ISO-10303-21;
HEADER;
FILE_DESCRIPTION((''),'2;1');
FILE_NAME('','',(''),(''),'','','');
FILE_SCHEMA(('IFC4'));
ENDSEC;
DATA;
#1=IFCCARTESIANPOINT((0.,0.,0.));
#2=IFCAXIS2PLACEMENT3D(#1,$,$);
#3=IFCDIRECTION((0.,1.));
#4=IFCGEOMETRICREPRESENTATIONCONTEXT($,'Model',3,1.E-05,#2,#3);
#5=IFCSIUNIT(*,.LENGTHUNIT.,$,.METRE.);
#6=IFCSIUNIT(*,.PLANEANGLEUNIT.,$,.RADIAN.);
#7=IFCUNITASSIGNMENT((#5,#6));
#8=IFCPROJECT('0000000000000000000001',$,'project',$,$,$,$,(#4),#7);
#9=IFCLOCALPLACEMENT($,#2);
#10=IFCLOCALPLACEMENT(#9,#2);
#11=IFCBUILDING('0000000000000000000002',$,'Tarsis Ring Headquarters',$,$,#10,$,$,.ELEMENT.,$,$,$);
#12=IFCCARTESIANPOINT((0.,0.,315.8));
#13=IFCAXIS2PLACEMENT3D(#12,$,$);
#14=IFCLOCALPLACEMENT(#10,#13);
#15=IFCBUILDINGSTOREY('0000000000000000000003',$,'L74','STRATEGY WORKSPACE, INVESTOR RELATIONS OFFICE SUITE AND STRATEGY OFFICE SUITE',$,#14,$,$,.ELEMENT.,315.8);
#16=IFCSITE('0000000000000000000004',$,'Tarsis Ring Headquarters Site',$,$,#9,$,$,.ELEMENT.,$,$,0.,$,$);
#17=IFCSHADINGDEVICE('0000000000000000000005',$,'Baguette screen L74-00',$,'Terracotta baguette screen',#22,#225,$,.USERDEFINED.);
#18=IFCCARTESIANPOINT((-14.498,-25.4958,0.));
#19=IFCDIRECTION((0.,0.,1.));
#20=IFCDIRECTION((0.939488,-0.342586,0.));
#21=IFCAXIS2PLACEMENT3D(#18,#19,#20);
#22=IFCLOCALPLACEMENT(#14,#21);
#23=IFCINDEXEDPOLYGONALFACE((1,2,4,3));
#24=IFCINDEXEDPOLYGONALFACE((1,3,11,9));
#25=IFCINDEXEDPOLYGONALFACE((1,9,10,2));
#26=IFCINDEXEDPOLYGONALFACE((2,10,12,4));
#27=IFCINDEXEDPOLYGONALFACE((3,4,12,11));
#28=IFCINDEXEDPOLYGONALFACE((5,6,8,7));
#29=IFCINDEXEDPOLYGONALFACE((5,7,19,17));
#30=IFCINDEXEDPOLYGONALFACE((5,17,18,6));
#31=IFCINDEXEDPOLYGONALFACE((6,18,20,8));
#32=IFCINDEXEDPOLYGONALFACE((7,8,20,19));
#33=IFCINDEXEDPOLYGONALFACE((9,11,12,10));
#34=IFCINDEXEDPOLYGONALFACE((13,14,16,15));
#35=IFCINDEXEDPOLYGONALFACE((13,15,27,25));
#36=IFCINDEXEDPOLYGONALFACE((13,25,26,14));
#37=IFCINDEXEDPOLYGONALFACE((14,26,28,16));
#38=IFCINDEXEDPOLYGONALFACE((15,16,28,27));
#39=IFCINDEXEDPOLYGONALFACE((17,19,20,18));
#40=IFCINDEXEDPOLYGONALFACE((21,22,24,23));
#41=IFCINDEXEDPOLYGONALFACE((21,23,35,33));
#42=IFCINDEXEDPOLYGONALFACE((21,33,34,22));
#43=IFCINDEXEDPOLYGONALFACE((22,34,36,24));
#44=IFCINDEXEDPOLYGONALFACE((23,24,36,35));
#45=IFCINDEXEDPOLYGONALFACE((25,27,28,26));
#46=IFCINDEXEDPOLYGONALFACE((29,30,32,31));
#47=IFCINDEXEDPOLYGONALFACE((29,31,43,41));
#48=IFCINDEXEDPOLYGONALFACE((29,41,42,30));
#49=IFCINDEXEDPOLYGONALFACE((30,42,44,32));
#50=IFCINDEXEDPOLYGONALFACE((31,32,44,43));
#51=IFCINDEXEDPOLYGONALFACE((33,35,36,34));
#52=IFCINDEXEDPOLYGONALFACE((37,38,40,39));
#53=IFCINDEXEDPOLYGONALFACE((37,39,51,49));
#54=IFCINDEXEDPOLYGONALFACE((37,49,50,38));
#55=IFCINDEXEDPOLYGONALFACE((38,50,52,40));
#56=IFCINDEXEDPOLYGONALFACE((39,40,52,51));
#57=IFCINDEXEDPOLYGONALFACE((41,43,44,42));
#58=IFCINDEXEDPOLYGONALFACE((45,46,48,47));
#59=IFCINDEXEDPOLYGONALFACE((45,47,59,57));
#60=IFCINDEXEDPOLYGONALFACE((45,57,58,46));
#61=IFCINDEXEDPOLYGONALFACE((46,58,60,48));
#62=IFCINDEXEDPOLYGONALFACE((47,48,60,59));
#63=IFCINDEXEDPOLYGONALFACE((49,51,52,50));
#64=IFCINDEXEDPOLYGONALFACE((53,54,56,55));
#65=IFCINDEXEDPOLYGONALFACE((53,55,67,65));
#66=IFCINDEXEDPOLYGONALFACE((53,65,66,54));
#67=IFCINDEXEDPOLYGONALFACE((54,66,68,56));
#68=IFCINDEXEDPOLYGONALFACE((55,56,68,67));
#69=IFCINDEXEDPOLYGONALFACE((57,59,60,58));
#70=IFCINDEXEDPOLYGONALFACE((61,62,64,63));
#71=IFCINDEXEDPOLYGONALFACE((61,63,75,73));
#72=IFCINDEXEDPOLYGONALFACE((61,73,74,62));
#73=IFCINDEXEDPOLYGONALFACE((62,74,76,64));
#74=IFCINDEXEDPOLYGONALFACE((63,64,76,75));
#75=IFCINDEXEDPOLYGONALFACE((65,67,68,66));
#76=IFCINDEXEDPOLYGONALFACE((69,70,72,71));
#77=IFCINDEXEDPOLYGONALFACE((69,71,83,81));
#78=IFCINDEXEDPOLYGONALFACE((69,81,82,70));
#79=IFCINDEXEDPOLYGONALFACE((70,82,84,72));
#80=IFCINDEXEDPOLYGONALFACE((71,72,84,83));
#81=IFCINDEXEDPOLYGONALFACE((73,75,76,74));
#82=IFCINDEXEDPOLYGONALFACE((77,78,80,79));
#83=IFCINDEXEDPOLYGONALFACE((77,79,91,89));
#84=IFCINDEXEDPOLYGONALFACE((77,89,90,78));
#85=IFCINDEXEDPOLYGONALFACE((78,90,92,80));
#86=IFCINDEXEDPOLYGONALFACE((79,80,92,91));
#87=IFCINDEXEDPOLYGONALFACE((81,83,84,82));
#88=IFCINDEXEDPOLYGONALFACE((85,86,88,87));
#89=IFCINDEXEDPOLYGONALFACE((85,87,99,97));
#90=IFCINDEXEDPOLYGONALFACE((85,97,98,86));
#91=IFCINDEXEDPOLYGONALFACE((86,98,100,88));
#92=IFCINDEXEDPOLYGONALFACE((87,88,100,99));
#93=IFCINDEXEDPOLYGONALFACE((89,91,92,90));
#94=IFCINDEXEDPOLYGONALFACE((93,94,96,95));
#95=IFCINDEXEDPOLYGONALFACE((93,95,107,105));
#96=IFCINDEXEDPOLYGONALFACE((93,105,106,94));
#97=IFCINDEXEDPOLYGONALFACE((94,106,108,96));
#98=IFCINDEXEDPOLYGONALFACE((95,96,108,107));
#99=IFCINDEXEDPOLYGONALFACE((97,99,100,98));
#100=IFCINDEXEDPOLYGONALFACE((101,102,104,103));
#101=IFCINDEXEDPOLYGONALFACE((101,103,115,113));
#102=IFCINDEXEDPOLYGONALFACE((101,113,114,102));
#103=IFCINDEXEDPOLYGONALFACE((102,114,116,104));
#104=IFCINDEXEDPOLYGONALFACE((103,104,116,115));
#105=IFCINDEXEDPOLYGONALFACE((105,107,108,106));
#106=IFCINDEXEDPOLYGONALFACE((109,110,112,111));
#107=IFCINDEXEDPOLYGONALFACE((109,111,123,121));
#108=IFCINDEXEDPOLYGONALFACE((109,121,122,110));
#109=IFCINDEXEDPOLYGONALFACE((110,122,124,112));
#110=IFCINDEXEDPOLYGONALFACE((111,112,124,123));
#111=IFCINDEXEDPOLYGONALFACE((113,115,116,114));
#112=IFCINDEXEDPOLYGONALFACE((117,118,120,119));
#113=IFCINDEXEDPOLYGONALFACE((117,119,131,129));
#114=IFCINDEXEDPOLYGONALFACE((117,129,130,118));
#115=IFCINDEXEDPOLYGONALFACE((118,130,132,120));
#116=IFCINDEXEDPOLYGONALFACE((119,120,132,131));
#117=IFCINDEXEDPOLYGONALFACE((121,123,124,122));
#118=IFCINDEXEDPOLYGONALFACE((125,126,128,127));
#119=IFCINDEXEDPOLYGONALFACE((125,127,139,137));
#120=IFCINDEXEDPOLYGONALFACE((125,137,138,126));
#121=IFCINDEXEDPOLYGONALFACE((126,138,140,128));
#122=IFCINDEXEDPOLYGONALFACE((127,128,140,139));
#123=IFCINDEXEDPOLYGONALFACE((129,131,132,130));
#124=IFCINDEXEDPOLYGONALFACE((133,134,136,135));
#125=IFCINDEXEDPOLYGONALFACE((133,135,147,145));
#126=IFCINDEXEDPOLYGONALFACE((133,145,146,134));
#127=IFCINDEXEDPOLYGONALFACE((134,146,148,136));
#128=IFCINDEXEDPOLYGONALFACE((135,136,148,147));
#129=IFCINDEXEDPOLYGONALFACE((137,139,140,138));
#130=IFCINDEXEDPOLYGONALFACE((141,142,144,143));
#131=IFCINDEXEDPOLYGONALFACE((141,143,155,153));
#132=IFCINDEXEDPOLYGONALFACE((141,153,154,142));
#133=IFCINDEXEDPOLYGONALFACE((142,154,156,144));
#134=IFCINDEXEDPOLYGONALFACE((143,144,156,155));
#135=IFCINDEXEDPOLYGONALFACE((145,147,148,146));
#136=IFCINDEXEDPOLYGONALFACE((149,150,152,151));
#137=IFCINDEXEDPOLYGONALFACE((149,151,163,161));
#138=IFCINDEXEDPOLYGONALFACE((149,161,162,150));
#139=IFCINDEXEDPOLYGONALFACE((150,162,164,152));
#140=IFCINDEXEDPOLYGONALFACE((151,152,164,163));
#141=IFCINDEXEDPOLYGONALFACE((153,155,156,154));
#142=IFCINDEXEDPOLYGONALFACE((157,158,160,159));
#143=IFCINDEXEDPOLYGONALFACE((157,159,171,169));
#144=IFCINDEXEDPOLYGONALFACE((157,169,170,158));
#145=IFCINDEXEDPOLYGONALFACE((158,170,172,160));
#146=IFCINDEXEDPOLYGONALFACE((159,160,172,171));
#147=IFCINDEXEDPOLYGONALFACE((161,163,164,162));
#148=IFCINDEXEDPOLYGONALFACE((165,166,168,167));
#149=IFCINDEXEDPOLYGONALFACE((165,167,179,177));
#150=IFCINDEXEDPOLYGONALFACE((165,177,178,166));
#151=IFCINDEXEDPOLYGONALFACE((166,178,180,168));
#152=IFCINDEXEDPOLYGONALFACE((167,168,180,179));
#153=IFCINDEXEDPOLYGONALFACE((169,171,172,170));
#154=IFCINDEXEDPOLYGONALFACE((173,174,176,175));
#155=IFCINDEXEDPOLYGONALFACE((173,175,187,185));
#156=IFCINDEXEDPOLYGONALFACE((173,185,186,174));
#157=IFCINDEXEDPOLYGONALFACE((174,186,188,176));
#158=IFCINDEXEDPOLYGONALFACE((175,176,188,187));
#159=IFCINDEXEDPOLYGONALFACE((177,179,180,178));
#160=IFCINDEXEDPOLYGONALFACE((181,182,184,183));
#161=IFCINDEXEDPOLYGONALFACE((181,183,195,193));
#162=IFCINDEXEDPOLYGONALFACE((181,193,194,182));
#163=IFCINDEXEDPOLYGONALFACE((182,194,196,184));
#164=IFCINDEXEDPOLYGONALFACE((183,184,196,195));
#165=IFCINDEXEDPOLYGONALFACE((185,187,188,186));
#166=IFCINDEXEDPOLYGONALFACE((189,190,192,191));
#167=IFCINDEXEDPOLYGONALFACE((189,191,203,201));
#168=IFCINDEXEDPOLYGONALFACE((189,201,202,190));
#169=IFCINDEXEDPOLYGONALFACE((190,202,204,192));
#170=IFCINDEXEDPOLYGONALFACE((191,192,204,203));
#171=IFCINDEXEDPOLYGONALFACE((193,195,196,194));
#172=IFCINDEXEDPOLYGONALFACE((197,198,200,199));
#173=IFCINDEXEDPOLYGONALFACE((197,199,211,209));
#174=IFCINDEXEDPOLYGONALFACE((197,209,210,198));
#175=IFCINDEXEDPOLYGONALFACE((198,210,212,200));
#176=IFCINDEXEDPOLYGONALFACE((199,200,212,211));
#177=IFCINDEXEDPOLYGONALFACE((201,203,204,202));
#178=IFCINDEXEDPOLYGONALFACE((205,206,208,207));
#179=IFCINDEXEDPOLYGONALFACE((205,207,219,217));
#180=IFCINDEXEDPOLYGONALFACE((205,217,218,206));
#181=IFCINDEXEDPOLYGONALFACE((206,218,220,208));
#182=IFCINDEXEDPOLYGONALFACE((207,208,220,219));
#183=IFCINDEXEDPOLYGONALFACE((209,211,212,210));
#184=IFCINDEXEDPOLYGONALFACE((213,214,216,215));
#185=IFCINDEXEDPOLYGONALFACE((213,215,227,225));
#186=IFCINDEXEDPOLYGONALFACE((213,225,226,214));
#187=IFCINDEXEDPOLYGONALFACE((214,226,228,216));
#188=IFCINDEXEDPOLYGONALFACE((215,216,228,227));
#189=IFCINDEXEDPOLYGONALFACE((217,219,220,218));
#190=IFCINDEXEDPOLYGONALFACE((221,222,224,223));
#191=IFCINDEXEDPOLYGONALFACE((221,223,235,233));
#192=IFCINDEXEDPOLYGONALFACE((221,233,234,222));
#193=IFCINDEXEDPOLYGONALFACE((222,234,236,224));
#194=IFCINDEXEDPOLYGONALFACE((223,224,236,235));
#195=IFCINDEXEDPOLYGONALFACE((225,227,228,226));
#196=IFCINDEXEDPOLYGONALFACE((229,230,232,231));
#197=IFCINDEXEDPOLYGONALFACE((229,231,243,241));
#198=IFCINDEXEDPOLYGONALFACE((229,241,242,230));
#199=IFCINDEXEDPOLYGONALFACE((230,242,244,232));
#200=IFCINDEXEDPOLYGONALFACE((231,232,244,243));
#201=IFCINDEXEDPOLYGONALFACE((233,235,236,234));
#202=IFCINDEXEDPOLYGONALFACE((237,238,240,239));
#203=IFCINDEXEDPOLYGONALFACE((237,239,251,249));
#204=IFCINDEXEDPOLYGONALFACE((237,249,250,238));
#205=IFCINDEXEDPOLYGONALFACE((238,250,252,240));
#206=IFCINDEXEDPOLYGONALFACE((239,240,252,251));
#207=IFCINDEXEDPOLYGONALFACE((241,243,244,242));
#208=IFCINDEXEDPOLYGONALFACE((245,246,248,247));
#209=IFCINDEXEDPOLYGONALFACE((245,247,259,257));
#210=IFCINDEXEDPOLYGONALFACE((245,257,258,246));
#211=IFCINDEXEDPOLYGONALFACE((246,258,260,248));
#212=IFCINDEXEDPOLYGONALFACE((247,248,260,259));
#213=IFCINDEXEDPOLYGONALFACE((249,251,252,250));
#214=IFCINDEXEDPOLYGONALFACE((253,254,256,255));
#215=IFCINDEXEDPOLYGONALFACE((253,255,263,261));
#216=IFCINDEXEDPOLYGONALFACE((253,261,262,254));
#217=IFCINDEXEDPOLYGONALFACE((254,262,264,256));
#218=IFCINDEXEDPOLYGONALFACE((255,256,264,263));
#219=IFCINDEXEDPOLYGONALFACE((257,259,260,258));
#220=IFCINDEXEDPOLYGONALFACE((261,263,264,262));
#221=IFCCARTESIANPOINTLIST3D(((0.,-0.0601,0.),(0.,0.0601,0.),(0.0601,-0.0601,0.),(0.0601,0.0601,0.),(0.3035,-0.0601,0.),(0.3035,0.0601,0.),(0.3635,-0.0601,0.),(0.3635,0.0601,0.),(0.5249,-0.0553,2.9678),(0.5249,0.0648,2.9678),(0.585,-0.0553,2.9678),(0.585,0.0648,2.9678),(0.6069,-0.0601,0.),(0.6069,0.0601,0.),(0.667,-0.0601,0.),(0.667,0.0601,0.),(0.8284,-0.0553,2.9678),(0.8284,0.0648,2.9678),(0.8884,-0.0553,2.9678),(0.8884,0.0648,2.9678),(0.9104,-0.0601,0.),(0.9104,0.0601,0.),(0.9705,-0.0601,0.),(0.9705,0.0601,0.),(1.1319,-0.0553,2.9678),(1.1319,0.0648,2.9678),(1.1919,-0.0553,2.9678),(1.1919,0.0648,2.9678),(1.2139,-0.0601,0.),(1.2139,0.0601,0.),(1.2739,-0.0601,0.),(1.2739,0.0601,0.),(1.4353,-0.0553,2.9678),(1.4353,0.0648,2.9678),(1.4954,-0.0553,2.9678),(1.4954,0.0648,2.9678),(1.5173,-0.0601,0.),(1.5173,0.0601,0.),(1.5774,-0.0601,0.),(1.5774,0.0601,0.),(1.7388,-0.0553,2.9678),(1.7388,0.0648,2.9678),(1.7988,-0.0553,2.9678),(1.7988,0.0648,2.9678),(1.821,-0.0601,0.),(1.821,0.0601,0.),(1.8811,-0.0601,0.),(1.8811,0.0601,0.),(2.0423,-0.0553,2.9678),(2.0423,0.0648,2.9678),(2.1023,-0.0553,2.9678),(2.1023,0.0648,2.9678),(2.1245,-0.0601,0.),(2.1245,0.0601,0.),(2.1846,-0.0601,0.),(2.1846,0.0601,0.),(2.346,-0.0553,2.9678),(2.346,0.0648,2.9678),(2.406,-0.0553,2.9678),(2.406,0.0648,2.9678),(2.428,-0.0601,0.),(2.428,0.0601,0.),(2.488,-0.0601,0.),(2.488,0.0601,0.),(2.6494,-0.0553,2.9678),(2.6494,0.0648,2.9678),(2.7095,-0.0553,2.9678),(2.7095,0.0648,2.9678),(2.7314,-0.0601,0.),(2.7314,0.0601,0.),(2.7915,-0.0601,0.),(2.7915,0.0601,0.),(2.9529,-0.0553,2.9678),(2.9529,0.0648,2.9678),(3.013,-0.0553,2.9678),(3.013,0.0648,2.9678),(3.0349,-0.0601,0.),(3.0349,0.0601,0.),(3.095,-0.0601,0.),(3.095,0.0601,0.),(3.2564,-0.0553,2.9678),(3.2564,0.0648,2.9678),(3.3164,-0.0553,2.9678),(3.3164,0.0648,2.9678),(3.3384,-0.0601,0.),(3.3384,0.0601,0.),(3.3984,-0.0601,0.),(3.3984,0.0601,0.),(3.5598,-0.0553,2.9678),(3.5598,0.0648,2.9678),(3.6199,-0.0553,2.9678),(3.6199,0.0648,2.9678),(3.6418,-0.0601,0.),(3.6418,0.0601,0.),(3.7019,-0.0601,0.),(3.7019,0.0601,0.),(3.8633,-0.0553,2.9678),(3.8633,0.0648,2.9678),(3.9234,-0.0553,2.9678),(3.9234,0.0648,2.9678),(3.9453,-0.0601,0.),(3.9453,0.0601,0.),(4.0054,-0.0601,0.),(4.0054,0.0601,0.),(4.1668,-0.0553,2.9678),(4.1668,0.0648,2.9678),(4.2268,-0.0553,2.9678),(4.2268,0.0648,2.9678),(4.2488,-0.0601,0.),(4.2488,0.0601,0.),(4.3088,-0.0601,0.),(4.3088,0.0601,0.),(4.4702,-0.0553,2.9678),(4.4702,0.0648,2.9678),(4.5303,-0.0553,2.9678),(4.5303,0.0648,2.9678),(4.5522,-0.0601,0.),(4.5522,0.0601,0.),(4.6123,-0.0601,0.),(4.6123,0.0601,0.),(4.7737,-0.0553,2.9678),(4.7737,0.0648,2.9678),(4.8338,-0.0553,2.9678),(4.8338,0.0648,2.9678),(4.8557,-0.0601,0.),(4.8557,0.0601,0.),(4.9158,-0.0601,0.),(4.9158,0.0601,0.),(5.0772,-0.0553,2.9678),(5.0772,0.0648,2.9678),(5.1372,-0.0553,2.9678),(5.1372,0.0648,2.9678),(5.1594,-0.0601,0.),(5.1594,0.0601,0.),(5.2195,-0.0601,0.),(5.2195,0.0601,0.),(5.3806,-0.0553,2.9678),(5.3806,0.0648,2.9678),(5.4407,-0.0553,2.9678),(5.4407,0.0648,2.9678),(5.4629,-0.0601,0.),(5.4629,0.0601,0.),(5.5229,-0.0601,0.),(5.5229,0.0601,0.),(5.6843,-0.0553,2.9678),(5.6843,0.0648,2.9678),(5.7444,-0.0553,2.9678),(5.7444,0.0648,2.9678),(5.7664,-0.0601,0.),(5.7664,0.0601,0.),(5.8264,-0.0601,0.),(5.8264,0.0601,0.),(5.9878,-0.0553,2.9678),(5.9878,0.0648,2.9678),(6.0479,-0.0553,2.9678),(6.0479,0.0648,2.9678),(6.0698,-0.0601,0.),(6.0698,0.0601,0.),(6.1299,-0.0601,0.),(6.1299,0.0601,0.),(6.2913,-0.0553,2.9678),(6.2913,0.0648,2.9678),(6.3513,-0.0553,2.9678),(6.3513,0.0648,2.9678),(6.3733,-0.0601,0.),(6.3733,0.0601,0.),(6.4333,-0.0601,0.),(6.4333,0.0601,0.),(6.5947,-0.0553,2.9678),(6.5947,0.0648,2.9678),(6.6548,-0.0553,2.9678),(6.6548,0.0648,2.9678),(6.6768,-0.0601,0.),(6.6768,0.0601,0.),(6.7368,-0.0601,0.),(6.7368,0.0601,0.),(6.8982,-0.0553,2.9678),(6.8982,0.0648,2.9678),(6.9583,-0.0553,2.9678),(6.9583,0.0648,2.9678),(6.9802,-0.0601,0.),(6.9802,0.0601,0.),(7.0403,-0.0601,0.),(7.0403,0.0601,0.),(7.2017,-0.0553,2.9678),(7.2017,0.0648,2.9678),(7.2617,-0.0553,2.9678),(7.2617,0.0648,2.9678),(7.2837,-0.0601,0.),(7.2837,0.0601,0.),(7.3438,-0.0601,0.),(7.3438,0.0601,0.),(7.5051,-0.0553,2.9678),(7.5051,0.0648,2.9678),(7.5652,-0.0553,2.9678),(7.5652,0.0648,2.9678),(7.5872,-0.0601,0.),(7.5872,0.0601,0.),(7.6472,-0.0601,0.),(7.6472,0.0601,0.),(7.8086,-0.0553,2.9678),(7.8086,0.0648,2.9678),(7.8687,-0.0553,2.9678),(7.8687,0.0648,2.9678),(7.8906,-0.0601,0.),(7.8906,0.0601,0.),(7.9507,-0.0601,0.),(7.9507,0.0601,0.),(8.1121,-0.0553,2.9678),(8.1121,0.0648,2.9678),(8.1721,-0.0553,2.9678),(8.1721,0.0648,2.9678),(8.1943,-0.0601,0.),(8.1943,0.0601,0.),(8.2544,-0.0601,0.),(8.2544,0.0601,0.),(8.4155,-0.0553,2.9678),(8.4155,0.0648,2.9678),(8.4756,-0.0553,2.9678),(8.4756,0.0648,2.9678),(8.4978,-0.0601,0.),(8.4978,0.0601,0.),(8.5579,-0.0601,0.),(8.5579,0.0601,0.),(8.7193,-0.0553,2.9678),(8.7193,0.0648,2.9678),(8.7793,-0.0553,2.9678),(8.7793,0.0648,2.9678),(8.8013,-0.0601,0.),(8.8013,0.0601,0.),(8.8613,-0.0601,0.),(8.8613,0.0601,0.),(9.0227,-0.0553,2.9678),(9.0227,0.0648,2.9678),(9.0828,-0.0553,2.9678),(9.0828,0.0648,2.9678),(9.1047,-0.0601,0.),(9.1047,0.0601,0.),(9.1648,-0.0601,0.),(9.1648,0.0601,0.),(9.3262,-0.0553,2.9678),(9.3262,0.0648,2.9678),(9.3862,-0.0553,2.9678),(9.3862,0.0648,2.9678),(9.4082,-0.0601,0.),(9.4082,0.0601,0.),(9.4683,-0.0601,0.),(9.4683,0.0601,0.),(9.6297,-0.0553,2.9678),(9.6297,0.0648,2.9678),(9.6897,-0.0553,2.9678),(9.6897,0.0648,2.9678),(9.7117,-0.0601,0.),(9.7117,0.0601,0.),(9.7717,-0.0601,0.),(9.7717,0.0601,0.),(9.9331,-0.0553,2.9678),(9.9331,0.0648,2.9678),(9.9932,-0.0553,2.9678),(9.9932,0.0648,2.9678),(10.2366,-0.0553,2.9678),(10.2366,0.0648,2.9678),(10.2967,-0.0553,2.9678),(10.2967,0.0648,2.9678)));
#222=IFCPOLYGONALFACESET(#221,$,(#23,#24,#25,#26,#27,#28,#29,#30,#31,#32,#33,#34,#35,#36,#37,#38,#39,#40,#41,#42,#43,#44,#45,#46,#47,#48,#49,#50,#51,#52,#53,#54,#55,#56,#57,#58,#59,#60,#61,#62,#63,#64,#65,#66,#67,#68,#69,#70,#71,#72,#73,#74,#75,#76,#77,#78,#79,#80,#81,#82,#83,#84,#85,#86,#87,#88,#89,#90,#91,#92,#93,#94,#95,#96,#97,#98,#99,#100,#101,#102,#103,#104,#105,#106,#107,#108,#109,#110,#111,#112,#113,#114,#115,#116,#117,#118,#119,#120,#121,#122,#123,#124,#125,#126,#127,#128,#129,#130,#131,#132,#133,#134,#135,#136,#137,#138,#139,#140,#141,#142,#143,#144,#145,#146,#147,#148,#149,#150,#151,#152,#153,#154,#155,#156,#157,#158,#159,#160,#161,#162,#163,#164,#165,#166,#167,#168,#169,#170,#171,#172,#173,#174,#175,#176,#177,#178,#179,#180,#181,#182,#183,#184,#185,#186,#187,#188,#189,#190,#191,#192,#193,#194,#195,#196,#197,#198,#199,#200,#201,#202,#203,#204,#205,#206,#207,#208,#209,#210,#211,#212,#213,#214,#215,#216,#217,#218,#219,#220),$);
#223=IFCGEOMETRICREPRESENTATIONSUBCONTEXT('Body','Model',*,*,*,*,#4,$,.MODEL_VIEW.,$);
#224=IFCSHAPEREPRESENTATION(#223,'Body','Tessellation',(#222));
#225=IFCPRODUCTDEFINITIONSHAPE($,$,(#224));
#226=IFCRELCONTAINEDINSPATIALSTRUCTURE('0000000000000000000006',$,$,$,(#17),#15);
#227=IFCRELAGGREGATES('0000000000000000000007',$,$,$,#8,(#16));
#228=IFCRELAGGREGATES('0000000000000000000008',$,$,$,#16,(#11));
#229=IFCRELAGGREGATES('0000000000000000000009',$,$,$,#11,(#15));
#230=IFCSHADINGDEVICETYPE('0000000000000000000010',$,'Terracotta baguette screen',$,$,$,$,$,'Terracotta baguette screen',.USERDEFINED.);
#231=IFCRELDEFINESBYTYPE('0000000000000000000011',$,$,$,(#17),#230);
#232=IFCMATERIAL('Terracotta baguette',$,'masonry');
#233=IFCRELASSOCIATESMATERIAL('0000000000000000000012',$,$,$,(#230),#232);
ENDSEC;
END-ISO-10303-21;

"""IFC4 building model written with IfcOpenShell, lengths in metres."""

from ifc_helpers import new_model, si_unit, direction, frame, frame_2d, origin, place, context, subcontext, project, spatial, rectangle, composite_profile, extrude, material, type_object, element, save


model = new_model("IFC4")

# Units and contexts
model_context = context("Model", 3, precision=1e-05, world=origin(), true_north=direction((0.0, 1.0)))
body_context = subcontext(model_context, "Body", "Model", "MODEL_VIEW")
ifc_project = project(units=[si_unit("LENGTHUNIT", "METRE"), si_unit("PLANEANGLEUNIT", "RADIAN")], contexts=[model_context])

# Site, building, storey
site_placement = place(None, origin())
site = spatial("IfcSite", under=ifc_project, at=site_placement, Name="Tarsis Ring Headquarters Site", CompositionType="ELEMENT", RefElevation=0.0)
building_placement = place(site_placement, origin())
building = spatial("IfcBuilding", under=site, at=building_placement, Name="Tarsis Ring Headquarters", CompositionType="ELEMENT")
storey_placement = place(building_placement, frame((0.0, 0.0, 315.8)))
storey = spatial("IfcBuildingStorey", under=building, at=storey_placement, Name="L74", Description="STRATEGY WORKSPACE, INVESTOR RELATIONS OFFICE SUITE AND STRATEGY OFFICE SUITE", CompositionType="ELEMENT", Elevation=315.8)

# Shading device
ifc_material_1 = material(Name="Terracotta baguette", Category="masonry")
shading_device_type = type_object("IfcShadingDeviceType", Name="Terracotta baguette screen", ElementType="Terracotta baguette screen", PredefinedType="USERDEFINED", material=ifc_material_1)
shading_device_placement = place(storey_placement, frame((-14.498, -25.4958, 0.0), z_axis=(0.0, 0.0, 1.0), x_axis=(0.939488, -0.342586, 0.0)))
element("IfcShadingDevice", 1, at=shading_device_placement, inside=storey, type_object=shading_device_type, Name="Baguette screen L74-00", ObjectType="Terracotta baguette screen", PredefinedType="USERDEFINED", context=body_context, shape_type="SweptSolid", body=[
    extrude(composite_profile([rectangle(XDim=0.0601, YDim=0.1201, at=frame_2d((0.03, 0.0))), rectangle(XDim=0.0601, YDim=0.1201, at=frame_2d((0.3335, 0.0))), rectangle(XDim=0.0601, YDim=0.1201, at=frame_2d((0.637, 0.0))), rectangle(XDim=0.0601, YDim=0.1201, at=frame_2d((0.9404, 0.0))), rectangle(XDim=0.0601, YDim=0.1201, at=frame_2d((1.2439, 0.0))), rectangle(XDim=0.0601, YDim=0.1201, at=frame_2d((1.5474, 0.0))), rectangle(XDim=0.0601, YDim=0.1201, at=frame_2d((1.8511, 0.0))), rectangle(XDim=0.0601, YDim=0.1201, at=frame_2d((2.1545, 0.0))), rectangle(XDim=0.0601, YDim=0.1201, at=frame_2d((2.458, 0.0))), rectangle(XDim=0.0601, YDim=0.1201, at=frame_2d((2.7615, 0.0))), rectangle(XDim=0.0601, YDim=0.1201, at=frame_2d((3.0649, 0.0))), rectangle(XDim=0.0601, YDim=0.1201, at=frame_2d((3.3684, 0.0))), rectangle(XDim=0.0601, YDim=0.1201, at=frame_2d((3.6719, 0.0))), rectangle(XDim=0.0601, YDim=0.1201, at=frame_2d((3.9753, 0.0))), rectangle(XDim=0.0601, YDim=0.1201, at=frame_2d((4.2788, 0.0))), rectangle(XDim=0.0601, YDim=0.1201, at=frame_2d((4.5823, 0.0))), rectangle(XDim=0.0601, YDim=0.1201, at=frame_2d((4.8857, 0.0))), rectangle(XDim=0.0601, YDim=0.1201, at=frame_2d((5.1895, 0.0))), rectangle(XDim=0.0601, YDim=0.1201, at=frame_2d((5.4929, 0.0))), rectangle(XDim=0.0601, YDim=0.1201, at=frame_2d((5.7964, 0.0))), rectangle(XDim=0.0601, YDim=0.1201, at=frame_2d((6.0999, 0.0))), rectangle(XDim=0.0601, YDim=0.1201, at=frame_2d((6.4033, 0.0))), rectangle(XDim=0.0601, YDim=0.1201, at=frame_2d((6.7068, 0.0))), rectangle(XDim=0.0601, YDim=0.1201, at=frame_2d((7.0103, 0.0))), rectangle(XDim=0.0601, YDim=0.1201, at=frame_2d((7.3137, 0.0))), rectangle(XDim=0.0601, YDim=0.1201, at=frame_2d((7.6172, 0.0))), rectangle(XDim=0.0601, YDim=0.1201, at=frame_2d((7.9207, 0.0))), rectangle(XDim=0.0601, YDim=0.1201, at=frame_2d((8.2244, 0.0))), rectangle(XDim=0.0601, YDim=0.1201, at=frame_2d((8.5278, 0.0))), rectangle(XDim=0.0601, YDim=0.1201, at=frame_2d((8.8313, 0.0))), rectangle(XDim=0.0601, YDim=0.1201, at=frame_2d((9.1348, 0.0))), rectangle(XDim=0.0601, YDim=0.1201, at=frame_2d((9.4382, 0.0))), rectangle(XDim=0.0601, YDim=0.1201, at=frame_2d((9.7417, 0.0)))]), origin(), (0.174166, 0.001579, 0.984715), 3.0139),
])

save(model, "model.ifc")
